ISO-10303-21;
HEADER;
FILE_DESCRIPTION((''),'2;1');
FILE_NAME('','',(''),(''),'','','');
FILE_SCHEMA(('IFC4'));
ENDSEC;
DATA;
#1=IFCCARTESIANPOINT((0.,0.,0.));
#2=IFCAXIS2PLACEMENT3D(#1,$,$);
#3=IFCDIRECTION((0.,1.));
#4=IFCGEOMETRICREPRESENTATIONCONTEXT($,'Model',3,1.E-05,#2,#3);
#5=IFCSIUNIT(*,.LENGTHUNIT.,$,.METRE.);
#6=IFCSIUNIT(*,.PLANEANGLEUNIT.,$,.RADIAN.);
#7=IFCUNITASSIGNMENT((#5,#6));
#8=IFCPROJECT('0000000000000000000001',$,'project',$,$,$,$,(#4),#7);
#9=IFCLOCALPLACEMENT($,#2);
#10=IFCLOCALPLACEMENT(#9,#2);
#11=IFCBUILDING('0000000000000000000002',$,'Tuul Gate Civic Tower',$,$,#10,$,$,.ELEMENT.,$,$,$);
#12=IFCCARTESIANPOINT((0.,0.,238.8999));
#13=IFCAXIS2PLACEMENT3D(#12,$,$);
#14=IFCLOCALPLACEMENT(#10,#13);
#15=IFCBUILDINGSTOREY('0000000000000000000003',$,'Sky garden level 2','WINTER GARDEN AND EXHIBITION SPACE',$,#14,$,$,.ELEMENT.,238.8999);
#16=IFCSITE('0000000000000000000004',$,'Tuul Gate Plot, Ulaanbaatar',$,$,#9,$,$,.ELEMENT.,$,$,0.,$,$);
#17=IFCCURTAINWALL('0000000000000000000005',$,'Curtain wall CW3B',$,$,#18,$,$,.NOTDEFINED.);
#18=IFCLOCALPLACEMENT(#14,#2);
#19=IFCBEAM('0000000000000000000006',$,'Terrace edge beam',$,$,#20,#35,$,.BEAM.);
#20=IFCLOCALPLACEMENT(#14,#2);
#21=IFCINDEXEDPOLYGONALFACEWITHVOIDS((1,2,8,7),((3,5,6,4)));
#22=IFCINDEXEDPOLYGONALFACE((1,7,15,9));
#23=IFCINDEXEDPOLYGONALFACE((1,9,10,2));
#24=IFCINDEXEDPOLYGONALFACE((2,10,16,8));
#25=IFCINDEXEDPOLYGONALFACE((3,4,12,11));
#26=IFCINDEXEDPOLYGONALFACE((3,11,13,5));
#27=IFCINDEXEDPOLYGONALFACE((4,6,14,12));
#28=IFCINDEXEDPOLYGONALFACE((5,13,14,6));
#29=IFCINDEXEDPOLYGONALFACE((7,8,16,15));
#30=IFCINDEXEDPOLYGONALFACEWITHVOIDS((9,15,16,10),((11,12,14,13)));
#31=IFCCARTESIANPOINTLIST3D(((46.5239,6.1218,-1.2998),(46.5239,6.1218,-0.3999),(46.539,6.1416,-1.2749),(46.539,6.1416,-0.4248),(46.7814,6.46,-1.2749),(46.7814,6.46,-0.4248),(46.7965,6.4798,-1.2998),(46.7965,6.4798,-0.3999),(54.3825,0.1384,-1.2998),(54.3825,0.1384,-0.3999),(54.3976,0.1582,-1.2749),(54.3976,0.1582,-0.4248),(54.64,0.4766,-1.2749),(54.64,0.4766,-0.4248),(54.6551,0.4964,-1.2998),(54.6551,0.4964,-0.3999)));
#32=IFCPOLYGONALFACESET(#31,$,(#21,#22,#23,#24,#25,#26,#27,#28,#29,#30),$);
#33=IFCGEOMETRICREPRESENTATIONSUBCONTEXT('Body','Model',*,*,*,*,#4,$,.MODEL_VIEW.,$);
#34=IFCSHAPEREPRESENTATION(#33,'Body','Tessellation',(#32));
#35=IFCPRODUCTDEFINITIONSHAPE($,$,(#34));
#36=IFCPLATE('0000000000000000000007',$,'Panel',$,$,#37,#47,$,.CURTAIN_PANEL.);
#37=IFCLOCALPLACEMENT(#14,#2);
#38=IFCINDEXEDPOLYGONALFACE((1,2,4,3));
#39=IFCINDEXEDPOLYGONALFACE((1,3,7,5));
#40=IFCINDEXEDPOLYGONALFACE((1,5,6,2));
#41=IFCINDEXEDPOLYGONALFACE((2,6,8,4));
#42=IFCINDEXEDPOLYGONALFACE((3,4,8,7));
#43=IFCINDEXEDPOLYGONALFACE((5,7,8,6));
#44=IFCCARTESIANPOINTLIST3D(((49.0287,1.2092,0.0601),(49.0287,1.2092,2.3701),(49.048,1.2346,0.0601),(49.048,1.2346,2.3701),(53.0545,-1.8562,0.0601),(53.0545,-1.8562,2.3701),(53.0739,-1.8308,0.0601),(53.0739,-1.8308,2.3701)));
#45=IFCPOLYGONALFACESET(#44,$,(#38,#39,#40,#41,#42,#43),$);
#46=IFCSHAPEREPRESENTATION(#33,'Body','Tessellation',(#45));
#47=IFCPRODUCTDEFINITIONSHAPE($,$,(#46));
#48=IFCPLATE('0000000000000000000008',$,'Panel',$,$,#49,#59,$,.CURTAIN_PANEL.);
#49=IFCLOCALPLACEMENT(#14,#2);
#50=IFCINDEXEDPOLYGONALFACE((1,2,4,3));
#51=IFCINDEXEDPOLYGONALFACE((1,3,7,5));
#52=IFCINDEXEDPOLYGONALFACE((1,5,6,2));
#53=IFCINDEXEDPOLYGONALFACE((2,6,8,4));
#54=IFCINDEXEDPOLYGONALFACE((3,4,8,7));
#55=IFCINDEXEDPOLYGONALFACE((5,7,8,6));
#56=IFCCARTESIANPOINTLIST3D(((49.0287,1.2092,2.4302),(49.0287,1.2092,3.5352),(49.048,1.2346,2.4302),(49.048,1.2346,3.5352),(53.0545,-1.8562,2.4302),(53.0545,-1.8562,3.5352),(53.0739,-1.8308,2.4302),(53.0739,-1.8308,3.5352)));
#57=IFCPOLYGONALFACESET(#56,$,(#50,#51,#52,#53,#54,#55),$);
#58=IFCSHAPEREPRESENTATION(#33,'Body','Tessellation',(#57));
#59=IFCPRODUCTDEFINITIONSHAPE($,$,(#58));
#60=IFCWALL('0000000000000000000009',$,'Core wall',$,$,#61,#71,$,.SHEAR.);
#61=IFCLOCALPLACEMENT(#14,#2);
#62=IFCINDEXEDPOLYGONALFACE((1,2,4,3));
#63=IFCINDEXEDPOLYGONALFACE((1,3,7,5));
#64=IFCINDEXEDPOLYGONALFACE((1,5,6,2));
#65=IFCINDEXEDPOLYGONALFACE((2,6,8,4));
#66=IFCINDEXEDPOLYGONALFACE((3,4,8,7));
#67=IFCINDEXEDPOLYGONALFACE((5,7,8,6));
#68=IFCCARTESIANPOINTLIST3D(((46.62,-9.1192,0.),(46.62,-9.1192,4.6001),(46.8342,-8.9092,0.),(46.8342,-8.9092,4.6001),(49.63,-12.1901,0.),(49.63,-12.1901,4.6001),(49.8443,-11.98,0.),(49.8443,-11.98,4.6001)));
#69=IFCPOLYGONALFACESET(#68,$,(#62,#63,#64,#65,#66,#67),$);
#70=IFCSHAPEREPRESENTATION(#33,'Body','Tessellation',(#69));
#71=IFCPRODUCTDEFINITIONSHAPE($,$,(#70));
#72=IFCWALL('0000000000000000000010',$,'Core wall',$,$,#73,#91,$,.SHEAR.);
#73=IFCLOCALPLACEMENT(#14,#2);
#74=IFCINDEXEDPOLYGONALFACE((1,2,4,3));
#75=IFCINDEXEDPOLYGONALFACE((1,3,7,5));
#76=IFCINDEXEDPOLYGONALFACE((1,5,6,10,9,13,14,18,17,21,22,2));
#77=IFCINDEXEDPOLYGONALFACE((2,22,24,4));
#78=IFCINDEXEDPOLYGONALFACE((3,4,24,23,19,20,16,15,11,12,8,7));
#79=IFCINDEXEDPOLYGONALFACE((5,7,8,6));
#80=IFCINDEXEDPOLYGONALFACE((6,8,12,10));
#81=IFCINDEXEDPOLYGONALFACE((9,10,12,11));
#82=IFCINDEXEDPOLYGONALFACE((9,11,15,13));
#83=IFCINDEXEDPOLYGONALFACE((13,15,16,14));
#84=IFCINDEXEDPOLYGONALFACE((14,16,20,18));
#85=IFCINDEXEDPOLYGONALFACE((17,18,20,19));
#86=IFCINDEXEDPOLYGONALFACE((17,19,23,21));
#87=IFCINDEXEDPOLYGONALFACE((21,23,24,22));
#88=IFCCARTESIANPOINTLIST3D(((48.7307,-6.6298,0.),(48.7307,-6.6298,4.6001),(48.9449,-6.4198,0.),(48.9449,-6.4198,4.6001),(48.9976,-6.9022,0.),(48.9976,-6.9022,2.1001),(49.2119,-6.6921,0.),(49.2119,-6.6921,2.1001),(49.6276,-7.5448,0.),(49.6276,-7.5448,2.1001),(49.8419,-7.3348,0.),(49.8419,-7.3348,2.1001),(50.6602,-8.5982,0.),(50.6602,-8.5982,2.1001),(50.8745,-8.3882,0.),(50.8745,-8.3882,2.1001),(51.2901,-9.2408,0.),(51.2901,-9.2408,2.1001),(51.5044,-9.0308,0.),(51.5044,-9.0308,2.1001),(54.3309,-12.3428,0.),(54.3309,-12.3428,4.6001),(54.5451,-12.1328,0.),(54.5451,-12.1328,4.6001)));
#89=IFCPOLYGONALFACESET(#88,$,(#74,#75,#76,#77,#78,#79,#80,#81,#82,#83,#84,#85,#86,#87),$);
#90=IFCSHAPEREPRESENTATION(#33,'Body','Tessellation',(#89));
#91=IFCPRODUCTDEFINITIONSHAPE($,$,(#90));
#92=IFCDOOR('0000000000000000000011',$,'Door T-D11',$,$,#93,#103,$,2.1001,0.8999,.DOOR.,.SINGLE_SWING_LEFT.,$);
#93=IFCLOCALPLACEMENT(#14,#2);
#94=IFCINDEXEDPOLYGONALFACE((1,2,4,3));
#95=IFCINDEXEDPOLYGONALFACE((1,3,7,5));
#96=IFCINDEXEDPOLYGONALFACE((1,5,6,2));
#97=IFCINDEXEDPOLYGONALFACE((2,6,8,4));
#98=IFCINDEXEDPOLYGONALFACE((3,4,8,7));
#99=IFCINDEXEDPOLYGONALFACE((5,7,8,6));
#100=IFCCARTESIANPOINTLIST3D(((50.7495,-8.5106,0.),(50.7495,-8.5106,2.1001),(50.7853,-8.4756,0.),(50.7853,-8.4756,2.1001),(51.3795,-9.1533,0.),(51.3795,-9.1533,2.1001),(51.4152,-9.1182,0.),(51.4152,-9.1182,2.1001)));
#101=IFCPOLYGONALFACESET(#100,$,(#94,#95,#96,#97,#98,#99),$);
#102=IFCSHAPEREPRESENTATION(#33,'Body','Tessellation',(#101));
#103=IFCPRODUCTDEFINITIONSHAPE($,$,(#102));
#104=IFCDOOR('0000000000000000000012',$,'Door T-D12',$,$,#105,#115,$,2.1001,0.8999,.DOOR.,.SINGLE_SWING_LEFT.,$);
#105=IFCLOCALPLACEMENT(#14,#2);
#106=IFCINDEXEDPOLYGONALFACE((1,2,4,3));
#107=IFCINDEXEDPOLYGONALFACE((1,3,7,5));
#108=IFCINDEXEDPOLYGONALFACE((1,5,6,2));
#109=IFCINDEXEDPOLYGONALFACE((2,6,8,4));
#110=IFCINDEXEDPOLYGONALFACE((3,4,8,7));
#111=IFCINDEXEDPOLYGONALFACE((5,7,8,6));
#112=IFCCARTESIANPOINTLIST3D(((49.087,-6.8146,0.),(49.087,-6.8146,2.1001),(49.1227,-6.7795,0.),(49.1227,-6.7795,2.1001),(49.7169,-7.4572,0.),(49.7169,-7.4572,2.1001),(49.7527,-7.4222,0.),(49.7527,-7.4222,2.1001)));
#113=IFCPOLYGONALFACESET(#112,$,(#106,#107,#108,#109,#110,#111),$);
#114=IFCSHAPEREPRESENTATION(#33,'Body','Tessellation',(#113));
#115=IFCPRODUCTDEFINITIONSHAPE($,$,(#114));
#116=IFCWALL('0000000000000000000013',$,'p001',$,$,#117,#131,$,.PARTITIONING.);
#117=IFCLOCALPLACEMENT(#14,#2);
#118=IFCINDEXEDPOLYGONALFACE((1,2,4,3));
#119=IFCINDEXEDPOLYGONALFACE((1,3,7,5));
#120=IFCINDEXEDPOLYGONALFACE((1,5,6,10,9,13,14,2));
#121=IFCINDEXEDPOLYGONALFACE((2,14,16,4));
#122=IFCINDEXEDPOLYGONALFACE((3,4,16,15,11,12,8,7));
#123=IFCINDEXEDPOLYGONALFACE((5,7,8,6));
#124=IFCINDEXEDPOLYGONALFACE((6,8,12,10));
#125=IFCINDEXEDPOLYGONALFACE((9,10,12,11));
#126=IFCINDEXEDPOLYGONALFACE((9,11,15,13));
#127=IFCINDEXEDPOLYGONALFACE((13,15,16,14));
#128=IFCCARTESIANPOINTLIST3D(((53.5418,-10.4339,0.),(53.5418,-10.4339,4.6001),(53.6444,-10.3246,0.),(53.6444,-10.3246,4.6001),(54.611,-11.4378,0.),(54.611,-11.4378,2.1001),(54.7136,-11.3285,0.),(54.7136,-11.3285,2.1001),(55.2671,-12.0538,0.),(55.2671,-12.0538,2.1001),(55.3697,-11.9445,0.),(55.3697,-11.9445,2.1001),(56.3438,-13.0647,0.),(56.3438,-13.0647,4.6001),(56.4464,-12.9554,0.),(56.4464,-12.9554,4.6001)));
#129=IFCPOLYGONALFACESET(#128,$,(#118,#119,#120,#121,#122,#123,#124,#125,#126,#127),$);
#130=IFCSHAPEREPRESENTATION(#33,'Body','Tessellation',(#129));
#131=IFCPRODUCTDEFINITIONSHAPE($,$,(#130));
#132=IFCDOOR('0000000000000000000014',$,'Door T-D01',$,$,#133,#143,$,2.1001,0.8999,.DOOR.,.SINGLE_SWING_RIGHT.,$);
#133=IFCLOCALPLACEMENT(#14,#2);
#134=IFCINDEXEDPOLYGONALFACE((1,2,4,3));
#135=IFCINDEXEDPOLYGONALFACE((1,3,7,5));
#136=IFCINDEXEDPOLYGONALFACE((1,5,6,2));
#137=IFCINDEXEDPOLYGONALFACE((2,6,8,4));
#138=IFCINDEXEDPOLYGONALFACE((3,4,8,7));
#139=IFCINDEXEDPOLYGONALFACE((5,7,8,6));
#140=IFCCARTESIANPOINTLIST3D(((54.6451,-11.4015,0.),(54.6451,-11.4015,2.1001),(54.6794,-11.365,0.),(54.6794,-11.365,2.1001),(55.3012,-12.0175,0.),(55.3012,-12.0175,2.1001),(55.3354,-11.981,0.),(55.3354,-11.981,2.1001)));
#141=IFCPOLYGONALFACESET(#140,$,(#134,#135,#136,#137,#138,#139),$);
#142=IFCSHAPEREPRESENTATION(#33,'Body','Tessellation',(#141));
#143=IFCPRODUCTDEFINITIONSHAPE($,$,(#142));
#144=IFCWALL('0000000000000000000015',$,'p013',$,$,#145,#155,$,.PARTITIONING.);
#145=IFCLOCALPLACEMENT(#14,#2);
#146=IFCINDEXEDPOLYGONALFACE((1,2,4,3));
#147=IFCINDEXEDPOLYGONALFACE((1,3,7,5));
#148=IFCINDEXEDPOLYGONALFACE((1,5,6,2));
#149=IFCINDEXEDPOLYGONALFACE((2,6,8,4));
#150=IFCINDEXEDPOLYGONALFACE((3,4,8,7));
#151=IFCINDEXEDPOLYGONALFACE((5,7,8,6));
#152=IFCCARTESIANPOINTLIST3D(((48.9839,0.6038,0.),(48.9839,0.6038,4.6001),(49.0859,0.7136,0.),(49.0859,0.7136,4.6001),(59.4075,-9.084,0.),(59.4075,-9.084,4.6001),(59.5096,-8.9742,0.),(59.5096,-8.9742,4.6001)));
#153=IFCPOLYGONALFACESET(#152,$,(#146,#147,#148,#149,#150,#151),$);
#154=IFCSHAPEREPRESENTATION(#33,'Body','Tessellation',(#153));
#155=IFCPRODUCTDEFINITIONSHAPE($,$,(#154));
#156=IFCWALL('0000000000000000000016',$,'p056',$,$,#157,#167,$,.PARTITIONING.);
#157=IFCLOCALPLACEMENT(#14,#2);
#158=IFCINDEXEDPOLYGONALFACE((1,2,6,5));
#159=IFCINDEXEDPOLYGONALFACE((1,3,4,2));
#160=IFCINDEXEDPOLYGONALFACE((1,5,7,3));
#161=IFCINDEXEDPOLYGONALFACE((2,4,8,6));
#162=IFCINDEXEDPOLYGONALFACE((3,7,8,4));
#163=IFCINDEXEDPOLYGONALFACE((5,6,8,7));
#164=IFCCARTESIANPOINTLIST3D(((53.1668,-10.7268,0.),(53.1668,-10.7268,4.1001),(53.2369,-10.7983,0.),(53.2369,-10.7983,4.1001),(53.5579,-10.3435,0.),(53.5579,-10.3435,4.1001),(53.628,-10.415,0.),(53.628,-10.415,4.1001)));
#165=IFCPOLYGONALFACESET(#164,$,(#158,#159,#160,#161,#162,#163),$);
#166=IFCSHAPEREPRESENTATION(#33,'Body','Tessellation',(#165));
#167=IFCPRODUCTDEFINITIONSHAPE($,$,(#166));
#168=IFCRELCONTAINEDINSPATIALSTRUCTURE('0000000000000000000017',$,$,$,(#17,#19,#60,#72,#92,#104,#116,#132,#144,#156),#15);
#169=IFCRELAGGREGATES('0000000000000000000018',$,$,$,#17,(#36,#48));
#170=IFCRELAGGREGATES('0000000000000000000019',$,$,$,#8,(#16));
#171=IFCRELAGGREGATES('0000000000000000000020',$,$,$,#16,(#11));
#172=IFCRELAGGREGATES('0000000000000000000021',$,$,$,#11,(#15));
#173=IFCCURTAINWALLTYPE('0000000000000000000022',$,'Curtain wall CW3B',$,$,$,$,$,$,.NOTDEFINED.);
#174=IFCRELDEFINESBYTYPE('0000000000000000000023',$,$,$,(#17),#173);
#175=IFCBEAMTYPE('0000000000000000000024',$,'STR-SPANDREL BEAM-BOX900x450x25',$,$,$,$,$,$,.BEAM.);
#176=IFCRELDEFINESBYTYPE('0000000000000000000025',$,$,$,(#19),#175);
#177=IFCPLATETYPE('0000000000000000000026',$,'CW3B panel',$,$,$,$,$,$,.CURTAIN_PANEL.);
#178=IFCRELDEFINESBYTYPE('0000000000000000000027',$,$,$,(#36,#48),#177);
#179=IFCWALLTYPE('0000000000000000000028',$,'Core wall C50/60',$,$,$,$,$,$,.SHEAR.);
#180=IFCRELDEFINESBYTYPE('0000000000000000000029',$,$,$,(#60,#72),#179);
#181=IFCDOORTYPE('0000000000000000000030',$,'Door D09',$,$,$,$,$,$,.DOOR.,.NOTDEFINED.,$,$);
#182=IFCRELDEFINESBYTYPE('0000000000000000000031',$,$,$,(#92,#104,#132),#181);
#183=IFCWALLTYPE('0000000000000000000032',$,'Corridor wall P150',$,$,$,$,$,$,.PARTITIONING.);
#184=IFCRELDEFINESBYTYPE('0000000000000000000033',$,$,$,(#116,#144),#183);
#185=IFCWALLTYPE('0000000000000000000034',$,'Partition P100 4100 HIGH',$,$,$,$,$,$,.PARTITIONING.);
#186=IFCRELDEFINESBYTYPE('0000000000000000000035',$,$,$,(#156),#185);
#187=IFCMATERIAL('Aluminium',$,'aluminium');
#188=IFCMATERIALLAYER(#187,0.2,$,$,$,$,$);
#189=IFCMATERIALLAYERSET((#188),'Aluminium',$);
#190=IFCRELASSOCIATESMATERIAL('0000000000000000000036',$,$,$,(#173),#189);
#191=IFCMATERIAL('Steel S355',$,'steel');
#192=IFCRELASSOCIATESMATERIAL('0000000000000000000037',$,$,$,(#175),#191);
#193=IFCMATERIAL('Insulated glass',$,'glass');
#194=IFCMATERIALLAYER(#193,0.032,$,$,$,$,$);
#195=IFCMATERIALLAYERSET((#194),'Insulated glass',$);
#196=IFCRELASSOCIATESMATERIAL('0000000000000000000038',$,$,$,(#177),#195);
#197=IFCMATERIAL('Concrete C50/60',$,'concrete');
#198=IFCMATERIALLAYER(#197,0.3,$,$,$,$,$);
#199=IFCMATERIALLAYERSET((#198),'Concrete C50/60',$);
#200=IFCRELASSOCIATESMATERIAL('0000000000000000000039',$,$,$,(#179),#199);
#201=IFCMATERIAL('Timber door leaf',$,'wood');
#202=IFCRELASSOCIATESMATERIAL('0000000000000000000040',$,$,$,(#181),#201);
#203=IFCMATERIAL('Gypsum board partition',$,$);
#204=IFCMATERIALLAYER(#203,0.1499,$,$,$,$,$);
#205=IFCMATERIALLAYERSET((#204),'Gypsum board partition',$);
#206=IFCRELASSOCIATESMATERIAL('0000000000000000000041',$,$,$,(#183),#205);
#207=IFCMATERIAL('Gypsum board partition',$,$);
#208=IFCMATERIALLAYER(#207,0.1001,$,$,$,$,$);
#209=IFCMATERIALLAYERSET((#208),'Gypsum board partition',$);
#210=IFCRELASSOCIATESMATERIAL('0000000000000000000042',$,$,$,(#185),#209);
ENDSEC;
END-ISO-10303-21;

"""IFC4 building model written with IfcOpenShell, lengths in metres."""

from ifc_helpers import new_model, si_unit, direction, frame, frame_2d, origin, origin_2d, place, context, subcontext, project, spatial, rectangle, hollow_rectangle, extrude, material, layer, layer_set, material_profile, profile_set, type_object, element, fill, aggregate, save


model = new_model("IFC4")

# Units and contexts
model_context = context("Model", 3, precision=1e-05, world=origin(), true_north=direction((0.0, 1.0)))
body_context = subcontext(model_context, "Body", "Model", "MODEL_VIEW")
ifc_project = project(units=[si_unit("LENGTHUNIT", "METRE"), si_unit("PLANEANGLEUNIT", "RADIAN")], contexts=[model_context])

# Site, building, storey
site_placement = place(None, origin())
site = spatial("IfcSite", under=ifc_project, at=site_placement, Name="Tuul Gate Plot, Ulaanbaatar", CompositionType="ELEMENT", RefElevation=0.0)
building_placement = place(site_placement, origin())
building = spatial("IfcBuilding", under=site, at=building_placement, Name="Tuul Gate Civic Tower", CompositionType="ELEMENT")
storey_placement = place(building_placement, frame((0.0, 0.0, 238.8999)))
storey = spatial("IfcBuildingStorey", under=building, at=storey_placement, Name="Sky garden level 2", Description="WINTER GARDEN AND EXHIBITION SPACE", CompositionType="ELEMENT", Elevation=238.8999)

# Shared definitions
ifc_material_1 = material(Name="Aluminium", Category="aluminium")
ifc_layer_1 = layer(ifc_material_1, 0.2)
ifc_layer_set_1 = layer_set([ifc_layer_1], Name="Aluminium")
curtain_wall_type = type_object("IfcCurtainWallType", Name="Curtain wall CW3B", PredefinedType="NOTDEFINED", material=ifc_layer_set_1)

# Curtain wall
curtain_wall_1_placement = place(storey_placement, origin())
curtain_wall_1 = element("IfcCurtainWall", 1, at=curtain_wall_1_placement, inside=storey, type_object=curtain_wall_type, Name="Curtain wall CW3B", PredefinedType="NOTDEFINED")

# Beam
ifc_material_2 = material(Name="Steel S355", Category="steel")
ifc_material_profile_1 = material_profile(ifc_material_2, hollow_rectangle(XDim=0.45, YDim=0.8999, WallThickness=0.0249, at=origin_2d()), Name="BOX900x450x25")
ifc_profile_set_1 = profile_set([ifc_material_profile_1], Name="Steel S355")
beam_type_1 = type_object("IfcBeamType", Name="STR-SPANDREL BEAM-BOX900x450x25", PredefinedType="BEAM", material=ifc_profile_set_1)
beam_1_placement = place(storey_placement, frame((54.5188, 0.3174, -0.8499), z_axis=(-0.795634, 0.605778, 0.0), x_axis=(-0.605778, -0.795634, 0.0)))
element("IfcBeam", 2, at=beam_1_placement, inside=storey, type_object=beam_type_1, Name="Terrace edge beam", PredefinedType="BEAM", context=body_context, shape_type="SweptSolid", body=[
    extrude(hollow_rectangle(XDim=0.45, YDim=0.8999, WallThickness=0.0249, at=origin_2d()), origin(), (0.0, 0.0, 1.0), 9.8772),
])

# Plates
ifc_material_3 = material(Name="Insulated glass", Category="glass")
ifc_layer_2 = layer(ifc_material_3, 0.032)
ifc_layer_set_2 = layer_set([ifc_layer_2], Name="Insulated glass")
plate_type = type_object("IfcPlateType", Name="CW3B panel", PredefinedType="CURTAIN_PANEL", material=ifc_layer_set_2)
plate_1_placement = place(storey_placement, frame((51.0513, -0.3108, 0.0601), z_axis=(0.0, 0.0, 1.0), x_axis=(-0.79561, 0.605809, 0.0)))
plate_1 = element("IfcPlate", 3, at=plate_1_placement, type_object=plate_type, Name="Panel", PredefinedType="CURTAIN_PANEL", context=body_context, shape_type="SweptSolid", body=[
    extrude(rectangle(XDim=5.0601, YDim=0.032, at=origin_2d()), origin(), (0.0, 0.0, 1.0), 2.3101),
])
plate_2_placement = place(storey_placement, frame((51.0513, -0.3108, 2.4302), z_axis=(0.0, 0.0, 1.0), x_axis=(-0.79561, 0.605809, 0.0)))
plate_2 = element("IfcPlate", 4, at=plate_2_placement, type_object=plate_type, Name="Panel", PredefinedType="CURTAIN_PANEL", context=body_context, shape_type="SweptSolid", body=[
    extrude(rectangle(XDim=5.0601, YDim=0.032, at=origin_2d()), origin(), (0.0, 0.0, 1.0), 1.105),
])
aggregate(curtain_wall_1, [plate_1, plate_2])

# Wall
ifc_material_4 = material(Name="Concrete C50/60", Category="concrete")
ifc_layer_3 = layer(ifc_material_4, 0.3)
ifc_layer_set_3 = layer_set([ifc_layer_3], Name="Concrete C50/60")
wall_type_1 = type_object("IfcWallType", Name="Core wall C50/60", PredefinedType="SHEAR", material=ifc_layer_set_3)
wall_1_placement = place(storey_placement, frame((49.7371, -12.085, 0.0), z_axis=(0.0, 0.0, 1.0), x_axis=(-0.700003, 0.71414, 0.0)))
element("IfcWall", 5, at=wall_1_placement, inside=storey, type_object=wall_type_1, Name="Core wall", PredefinedType="SHEAR", context=body_context, shape_type="SweptSolid", body=[
    extrude(rectangle(XDim=4.3, YDim=0.3, at=frame_2d((2.1499, 0.0))), origin(), (0.0, 0.0, 1.0), 4.6001),
])

# Wall, openings, doors
wall_2_placement = place(storey_placement, frame((54.438, -12.2378, 0.0), z_axis=(0.0, 0.0, 1.0), x_axis=(-0.700022, 0.714121, 0.0)))
wall_2 = element("IfcWall", 6, at=wall_2_placement, inside=storey, type_object=wall_type_1, Name="Core wall", PredefinedType="SHEAR", context=body_context, shape_type="SweptSolid", body=[
    extrude(rectangle(XDim=8.0, YDim=0.3, at=frame_2d((4.0, 0.0))), origin(), (0.0, 0.0, 1.0), 4.6001),
])
opening_1_placement = place(wall_2_placement, frame((4.3438, 0.0, 0.0)))
opening_1 = element("IfcOpeningElement", 7, at=opening_1_placement, cuts=wall_2, PredefinedType="OPENING", context=body_context, shape_type="SweptSolid", body=[
    extrude(rectangle(XDim=0.8999, YDim=2.1001, at=frame_2d((0.45, 1.05))), frame((0.0, 0.1602, 0.0), z_axis=(0.0, -1.0, 0.0), x_axis=(1.0, 0.0, 0.0)), (0.0, 0.0, 1.0), 0.3201),
])
opening_2_placement = place(wall_2_placement, frame((6.7188, 0.0, 0.0)))
opening_2 = element("IfcOpeningElement", 8, at=opening_2_placement, cuts=wall_2, PredefinedType="OPENING", context=body_context, shape_type="SweptSolid", body=[
    extrude(rectangle(XDim=0.8999, YDim=2.1001, at=frame_2d((0.45, 1.05))), frame((0.0, 0.1602, 0.0), z_axis=(0.0, -1.0, 0.0), x_axis=(1.0, 0.0, 0.0)), (0.0, 0.0, 1.0), 0.3201),
])
ifc_material_5 = material(Name="Timber door leaf", Category="wood")
door_type = type_object("IfcDoorType", Name="Door D09", OperationType="NOTDEFINED", PredefinedType="DOOR", material=ifc_material_5)
door_1_placement = place(opening_1_placement, origin())
door_1 = element("IfcDoor", 9, at=door_1_placement, inside=storey, type_object=door_type, Name="Door T-D11", OperationType="SINGLE_SWING_LEFT", OverallHeight=2.1001, OverallWidth=0.8999, PredefinedType="DOOR", context=body_context, shape_type="SweptSolid", body=[
    extrude(rectangle(XDim=0.8999, YDim=2.1001, at=frame_2d((0.45, 1.05))), frame((0.0, 0.0249, 0.0), z_axis=(0.0, -1.0, 0.0), x_axis=(1.0, 0.0, 0.0)), (0.0, 0.0, 1.0), 0.05),
])
fill(opening_1, door_1)
door_2_placement = place(opening_2_placement, origin())
door_2 = element("IfcDoor", 10, at=door_2_placement, inside=storey, type_object=door_type, Name="Door T-D12", OperationType="SINGLE_SWING_LEFT", OverallHeight=2.1001, OverallWidth=0.8999, PredefinedType="DOOR", context=body_context, shape_type="SweptSolid", body=[
    extrude(rectangle(XDim=0.8999, YDim=2.1001, at=frame_2d((0.45, 1.05))), frame((0.0, 0.0249, 0.0), z_axis=(0.0, -1.0, 0.0), x_axis=(1.0, 0.0, 0.0)), (0.0, 0.0, 1.0), 0.05),
])
fill(opening_2, door_2)

# Wall, opening, door
ifc_material_6 = material(Name="Gypsum board partition")
ifc_layer_4 = layer(ifc_material_6, 0.1499)
ifc_layer_set_4 = layer_set([ifc_layer_4], Name="Gypsum board partition")
wall_type_2 = type_object("IfcWallType", Name="Corridor wall P150", PredefinedType="PARTITIONING", material=ifc_layer_set_4)
wall_3_placement = place(storey_placement, frame((53.593, -10.3792, 0.0), z_axis=(0.0, 0.0, 1.0), x_axis=(0.72902, -0.684492, 0.0)))
wall_3 = element("IfcWall", 11, at=wall_3_placement, inside=storey, type_object=wall_type_2, Name="p001", PredefinedType="PARTITIONING", context=body_context, shape_type="SweptSolid", body=[
    extrude(rectangle(XDim=3.8435, YDim=0.1499, at=frame_2d((1.9219, 0.0))), origin(), (0.0, 0.0, 1.0), 4.6001),
])
opening_3_placement = place(wall_3_placement, frame((1.4668, 0.0, 0.0)))
opening_3 = element("IfcOpeningElement", 12, at=opening_3_placement, cuts=wall_3, PredefinedType="OPENING", context=body_context, shape_type="SweptSolid", body=[
    extrude(rectangle(XDim=0.8999, YDim=2.1001, at=frame_2d((0.45, 1.05))), frame((0.0, 0.085, 0.0), z_axis=(0.0, -1.0, 0.0), x_axis=(1.0, 0.0, 0.0)), (0.0, 0.0, 1.0), 0.1699),
])
door_3_placement = place(opening_3_placement, origin())
door_3 = element("IfcDoor", 13, at=door_3_placement, inside=storey, type_object=door_type, Name="Door T-D01", OperationType="SINGLE_SWING_RIGHT", OverallHeight=2.1001, OverallWidth=0.8999, PredefinedType="DOOR", context=body_context, shape_type="SweptSolid", body=[
    extrude(rectangle(XDim=0.8999, YDim=2.1001, at=frame_2d((0.45, 1.05))), frame((0.0, 0.0249, 0.0), z_axis=(0.0, -1.0, 0.0), x_axis=(1.0, 0.0, 0.0)), (0.0, 0.0, 1.0), 0.05),
])
fill(opening_3, door_3)

# Walls
wall_4_placement = place(storey_placement, frame((49.0349, 0.6587, 0.0), z_axis=(0.0, 0.0, 1.0), x_axis=(0.732489, -0.680779, 0.0)))
element("IfcWall", 14, at=wall_4_placement, inside=storey, type_object=wall_type_2, Name="p013", PredefinedType="PARTITIONING", context=body_context, shape_type="SweptSolid", body=[
    extrude(rectangle(XDim=14.2305, YDim=0.1499, at=frame_2d((7.1152, 0.0))), origin(), (0.0, 0.0, 1.0), 4.6001),
])
ifc_material_7 = material(Name="Gypsum board partition")
ifc_layer_5 = layer(ifc_material_7, 0.1001)
ifc_layer_set_5 = layer_set([ifc_layer_5], Name="Gypsum board partition")
wall_type_3 = type_object("IfcWallType", Name="Partition P100 4100 HIGH", PredefinedType="PARTITIONING", material=ifc_layer_set_5)
wall_5_placement = place(storey_placement, frame((53.593, -10.3792, 0.0), z_axis=(0.0, 0.0, 1.0), x_axis=(-0.714204, -0.699938, 0.0)))
element("IfcWall", 15, at=wall_5_placement, inside=storey, type_object=wall_type_3, Name="p056", PredefinedType="PARTITIONING", context=body_context, shape_type="SweptSolid", body=[
    extrude(rectangle(XDim=0.5476, YDim=0.1001, at=frame_2d((0.2739, 0.0))), origin(), (0.0, 0.0, 1.0), 4.1001),
])

save(model, "model.ifc")
